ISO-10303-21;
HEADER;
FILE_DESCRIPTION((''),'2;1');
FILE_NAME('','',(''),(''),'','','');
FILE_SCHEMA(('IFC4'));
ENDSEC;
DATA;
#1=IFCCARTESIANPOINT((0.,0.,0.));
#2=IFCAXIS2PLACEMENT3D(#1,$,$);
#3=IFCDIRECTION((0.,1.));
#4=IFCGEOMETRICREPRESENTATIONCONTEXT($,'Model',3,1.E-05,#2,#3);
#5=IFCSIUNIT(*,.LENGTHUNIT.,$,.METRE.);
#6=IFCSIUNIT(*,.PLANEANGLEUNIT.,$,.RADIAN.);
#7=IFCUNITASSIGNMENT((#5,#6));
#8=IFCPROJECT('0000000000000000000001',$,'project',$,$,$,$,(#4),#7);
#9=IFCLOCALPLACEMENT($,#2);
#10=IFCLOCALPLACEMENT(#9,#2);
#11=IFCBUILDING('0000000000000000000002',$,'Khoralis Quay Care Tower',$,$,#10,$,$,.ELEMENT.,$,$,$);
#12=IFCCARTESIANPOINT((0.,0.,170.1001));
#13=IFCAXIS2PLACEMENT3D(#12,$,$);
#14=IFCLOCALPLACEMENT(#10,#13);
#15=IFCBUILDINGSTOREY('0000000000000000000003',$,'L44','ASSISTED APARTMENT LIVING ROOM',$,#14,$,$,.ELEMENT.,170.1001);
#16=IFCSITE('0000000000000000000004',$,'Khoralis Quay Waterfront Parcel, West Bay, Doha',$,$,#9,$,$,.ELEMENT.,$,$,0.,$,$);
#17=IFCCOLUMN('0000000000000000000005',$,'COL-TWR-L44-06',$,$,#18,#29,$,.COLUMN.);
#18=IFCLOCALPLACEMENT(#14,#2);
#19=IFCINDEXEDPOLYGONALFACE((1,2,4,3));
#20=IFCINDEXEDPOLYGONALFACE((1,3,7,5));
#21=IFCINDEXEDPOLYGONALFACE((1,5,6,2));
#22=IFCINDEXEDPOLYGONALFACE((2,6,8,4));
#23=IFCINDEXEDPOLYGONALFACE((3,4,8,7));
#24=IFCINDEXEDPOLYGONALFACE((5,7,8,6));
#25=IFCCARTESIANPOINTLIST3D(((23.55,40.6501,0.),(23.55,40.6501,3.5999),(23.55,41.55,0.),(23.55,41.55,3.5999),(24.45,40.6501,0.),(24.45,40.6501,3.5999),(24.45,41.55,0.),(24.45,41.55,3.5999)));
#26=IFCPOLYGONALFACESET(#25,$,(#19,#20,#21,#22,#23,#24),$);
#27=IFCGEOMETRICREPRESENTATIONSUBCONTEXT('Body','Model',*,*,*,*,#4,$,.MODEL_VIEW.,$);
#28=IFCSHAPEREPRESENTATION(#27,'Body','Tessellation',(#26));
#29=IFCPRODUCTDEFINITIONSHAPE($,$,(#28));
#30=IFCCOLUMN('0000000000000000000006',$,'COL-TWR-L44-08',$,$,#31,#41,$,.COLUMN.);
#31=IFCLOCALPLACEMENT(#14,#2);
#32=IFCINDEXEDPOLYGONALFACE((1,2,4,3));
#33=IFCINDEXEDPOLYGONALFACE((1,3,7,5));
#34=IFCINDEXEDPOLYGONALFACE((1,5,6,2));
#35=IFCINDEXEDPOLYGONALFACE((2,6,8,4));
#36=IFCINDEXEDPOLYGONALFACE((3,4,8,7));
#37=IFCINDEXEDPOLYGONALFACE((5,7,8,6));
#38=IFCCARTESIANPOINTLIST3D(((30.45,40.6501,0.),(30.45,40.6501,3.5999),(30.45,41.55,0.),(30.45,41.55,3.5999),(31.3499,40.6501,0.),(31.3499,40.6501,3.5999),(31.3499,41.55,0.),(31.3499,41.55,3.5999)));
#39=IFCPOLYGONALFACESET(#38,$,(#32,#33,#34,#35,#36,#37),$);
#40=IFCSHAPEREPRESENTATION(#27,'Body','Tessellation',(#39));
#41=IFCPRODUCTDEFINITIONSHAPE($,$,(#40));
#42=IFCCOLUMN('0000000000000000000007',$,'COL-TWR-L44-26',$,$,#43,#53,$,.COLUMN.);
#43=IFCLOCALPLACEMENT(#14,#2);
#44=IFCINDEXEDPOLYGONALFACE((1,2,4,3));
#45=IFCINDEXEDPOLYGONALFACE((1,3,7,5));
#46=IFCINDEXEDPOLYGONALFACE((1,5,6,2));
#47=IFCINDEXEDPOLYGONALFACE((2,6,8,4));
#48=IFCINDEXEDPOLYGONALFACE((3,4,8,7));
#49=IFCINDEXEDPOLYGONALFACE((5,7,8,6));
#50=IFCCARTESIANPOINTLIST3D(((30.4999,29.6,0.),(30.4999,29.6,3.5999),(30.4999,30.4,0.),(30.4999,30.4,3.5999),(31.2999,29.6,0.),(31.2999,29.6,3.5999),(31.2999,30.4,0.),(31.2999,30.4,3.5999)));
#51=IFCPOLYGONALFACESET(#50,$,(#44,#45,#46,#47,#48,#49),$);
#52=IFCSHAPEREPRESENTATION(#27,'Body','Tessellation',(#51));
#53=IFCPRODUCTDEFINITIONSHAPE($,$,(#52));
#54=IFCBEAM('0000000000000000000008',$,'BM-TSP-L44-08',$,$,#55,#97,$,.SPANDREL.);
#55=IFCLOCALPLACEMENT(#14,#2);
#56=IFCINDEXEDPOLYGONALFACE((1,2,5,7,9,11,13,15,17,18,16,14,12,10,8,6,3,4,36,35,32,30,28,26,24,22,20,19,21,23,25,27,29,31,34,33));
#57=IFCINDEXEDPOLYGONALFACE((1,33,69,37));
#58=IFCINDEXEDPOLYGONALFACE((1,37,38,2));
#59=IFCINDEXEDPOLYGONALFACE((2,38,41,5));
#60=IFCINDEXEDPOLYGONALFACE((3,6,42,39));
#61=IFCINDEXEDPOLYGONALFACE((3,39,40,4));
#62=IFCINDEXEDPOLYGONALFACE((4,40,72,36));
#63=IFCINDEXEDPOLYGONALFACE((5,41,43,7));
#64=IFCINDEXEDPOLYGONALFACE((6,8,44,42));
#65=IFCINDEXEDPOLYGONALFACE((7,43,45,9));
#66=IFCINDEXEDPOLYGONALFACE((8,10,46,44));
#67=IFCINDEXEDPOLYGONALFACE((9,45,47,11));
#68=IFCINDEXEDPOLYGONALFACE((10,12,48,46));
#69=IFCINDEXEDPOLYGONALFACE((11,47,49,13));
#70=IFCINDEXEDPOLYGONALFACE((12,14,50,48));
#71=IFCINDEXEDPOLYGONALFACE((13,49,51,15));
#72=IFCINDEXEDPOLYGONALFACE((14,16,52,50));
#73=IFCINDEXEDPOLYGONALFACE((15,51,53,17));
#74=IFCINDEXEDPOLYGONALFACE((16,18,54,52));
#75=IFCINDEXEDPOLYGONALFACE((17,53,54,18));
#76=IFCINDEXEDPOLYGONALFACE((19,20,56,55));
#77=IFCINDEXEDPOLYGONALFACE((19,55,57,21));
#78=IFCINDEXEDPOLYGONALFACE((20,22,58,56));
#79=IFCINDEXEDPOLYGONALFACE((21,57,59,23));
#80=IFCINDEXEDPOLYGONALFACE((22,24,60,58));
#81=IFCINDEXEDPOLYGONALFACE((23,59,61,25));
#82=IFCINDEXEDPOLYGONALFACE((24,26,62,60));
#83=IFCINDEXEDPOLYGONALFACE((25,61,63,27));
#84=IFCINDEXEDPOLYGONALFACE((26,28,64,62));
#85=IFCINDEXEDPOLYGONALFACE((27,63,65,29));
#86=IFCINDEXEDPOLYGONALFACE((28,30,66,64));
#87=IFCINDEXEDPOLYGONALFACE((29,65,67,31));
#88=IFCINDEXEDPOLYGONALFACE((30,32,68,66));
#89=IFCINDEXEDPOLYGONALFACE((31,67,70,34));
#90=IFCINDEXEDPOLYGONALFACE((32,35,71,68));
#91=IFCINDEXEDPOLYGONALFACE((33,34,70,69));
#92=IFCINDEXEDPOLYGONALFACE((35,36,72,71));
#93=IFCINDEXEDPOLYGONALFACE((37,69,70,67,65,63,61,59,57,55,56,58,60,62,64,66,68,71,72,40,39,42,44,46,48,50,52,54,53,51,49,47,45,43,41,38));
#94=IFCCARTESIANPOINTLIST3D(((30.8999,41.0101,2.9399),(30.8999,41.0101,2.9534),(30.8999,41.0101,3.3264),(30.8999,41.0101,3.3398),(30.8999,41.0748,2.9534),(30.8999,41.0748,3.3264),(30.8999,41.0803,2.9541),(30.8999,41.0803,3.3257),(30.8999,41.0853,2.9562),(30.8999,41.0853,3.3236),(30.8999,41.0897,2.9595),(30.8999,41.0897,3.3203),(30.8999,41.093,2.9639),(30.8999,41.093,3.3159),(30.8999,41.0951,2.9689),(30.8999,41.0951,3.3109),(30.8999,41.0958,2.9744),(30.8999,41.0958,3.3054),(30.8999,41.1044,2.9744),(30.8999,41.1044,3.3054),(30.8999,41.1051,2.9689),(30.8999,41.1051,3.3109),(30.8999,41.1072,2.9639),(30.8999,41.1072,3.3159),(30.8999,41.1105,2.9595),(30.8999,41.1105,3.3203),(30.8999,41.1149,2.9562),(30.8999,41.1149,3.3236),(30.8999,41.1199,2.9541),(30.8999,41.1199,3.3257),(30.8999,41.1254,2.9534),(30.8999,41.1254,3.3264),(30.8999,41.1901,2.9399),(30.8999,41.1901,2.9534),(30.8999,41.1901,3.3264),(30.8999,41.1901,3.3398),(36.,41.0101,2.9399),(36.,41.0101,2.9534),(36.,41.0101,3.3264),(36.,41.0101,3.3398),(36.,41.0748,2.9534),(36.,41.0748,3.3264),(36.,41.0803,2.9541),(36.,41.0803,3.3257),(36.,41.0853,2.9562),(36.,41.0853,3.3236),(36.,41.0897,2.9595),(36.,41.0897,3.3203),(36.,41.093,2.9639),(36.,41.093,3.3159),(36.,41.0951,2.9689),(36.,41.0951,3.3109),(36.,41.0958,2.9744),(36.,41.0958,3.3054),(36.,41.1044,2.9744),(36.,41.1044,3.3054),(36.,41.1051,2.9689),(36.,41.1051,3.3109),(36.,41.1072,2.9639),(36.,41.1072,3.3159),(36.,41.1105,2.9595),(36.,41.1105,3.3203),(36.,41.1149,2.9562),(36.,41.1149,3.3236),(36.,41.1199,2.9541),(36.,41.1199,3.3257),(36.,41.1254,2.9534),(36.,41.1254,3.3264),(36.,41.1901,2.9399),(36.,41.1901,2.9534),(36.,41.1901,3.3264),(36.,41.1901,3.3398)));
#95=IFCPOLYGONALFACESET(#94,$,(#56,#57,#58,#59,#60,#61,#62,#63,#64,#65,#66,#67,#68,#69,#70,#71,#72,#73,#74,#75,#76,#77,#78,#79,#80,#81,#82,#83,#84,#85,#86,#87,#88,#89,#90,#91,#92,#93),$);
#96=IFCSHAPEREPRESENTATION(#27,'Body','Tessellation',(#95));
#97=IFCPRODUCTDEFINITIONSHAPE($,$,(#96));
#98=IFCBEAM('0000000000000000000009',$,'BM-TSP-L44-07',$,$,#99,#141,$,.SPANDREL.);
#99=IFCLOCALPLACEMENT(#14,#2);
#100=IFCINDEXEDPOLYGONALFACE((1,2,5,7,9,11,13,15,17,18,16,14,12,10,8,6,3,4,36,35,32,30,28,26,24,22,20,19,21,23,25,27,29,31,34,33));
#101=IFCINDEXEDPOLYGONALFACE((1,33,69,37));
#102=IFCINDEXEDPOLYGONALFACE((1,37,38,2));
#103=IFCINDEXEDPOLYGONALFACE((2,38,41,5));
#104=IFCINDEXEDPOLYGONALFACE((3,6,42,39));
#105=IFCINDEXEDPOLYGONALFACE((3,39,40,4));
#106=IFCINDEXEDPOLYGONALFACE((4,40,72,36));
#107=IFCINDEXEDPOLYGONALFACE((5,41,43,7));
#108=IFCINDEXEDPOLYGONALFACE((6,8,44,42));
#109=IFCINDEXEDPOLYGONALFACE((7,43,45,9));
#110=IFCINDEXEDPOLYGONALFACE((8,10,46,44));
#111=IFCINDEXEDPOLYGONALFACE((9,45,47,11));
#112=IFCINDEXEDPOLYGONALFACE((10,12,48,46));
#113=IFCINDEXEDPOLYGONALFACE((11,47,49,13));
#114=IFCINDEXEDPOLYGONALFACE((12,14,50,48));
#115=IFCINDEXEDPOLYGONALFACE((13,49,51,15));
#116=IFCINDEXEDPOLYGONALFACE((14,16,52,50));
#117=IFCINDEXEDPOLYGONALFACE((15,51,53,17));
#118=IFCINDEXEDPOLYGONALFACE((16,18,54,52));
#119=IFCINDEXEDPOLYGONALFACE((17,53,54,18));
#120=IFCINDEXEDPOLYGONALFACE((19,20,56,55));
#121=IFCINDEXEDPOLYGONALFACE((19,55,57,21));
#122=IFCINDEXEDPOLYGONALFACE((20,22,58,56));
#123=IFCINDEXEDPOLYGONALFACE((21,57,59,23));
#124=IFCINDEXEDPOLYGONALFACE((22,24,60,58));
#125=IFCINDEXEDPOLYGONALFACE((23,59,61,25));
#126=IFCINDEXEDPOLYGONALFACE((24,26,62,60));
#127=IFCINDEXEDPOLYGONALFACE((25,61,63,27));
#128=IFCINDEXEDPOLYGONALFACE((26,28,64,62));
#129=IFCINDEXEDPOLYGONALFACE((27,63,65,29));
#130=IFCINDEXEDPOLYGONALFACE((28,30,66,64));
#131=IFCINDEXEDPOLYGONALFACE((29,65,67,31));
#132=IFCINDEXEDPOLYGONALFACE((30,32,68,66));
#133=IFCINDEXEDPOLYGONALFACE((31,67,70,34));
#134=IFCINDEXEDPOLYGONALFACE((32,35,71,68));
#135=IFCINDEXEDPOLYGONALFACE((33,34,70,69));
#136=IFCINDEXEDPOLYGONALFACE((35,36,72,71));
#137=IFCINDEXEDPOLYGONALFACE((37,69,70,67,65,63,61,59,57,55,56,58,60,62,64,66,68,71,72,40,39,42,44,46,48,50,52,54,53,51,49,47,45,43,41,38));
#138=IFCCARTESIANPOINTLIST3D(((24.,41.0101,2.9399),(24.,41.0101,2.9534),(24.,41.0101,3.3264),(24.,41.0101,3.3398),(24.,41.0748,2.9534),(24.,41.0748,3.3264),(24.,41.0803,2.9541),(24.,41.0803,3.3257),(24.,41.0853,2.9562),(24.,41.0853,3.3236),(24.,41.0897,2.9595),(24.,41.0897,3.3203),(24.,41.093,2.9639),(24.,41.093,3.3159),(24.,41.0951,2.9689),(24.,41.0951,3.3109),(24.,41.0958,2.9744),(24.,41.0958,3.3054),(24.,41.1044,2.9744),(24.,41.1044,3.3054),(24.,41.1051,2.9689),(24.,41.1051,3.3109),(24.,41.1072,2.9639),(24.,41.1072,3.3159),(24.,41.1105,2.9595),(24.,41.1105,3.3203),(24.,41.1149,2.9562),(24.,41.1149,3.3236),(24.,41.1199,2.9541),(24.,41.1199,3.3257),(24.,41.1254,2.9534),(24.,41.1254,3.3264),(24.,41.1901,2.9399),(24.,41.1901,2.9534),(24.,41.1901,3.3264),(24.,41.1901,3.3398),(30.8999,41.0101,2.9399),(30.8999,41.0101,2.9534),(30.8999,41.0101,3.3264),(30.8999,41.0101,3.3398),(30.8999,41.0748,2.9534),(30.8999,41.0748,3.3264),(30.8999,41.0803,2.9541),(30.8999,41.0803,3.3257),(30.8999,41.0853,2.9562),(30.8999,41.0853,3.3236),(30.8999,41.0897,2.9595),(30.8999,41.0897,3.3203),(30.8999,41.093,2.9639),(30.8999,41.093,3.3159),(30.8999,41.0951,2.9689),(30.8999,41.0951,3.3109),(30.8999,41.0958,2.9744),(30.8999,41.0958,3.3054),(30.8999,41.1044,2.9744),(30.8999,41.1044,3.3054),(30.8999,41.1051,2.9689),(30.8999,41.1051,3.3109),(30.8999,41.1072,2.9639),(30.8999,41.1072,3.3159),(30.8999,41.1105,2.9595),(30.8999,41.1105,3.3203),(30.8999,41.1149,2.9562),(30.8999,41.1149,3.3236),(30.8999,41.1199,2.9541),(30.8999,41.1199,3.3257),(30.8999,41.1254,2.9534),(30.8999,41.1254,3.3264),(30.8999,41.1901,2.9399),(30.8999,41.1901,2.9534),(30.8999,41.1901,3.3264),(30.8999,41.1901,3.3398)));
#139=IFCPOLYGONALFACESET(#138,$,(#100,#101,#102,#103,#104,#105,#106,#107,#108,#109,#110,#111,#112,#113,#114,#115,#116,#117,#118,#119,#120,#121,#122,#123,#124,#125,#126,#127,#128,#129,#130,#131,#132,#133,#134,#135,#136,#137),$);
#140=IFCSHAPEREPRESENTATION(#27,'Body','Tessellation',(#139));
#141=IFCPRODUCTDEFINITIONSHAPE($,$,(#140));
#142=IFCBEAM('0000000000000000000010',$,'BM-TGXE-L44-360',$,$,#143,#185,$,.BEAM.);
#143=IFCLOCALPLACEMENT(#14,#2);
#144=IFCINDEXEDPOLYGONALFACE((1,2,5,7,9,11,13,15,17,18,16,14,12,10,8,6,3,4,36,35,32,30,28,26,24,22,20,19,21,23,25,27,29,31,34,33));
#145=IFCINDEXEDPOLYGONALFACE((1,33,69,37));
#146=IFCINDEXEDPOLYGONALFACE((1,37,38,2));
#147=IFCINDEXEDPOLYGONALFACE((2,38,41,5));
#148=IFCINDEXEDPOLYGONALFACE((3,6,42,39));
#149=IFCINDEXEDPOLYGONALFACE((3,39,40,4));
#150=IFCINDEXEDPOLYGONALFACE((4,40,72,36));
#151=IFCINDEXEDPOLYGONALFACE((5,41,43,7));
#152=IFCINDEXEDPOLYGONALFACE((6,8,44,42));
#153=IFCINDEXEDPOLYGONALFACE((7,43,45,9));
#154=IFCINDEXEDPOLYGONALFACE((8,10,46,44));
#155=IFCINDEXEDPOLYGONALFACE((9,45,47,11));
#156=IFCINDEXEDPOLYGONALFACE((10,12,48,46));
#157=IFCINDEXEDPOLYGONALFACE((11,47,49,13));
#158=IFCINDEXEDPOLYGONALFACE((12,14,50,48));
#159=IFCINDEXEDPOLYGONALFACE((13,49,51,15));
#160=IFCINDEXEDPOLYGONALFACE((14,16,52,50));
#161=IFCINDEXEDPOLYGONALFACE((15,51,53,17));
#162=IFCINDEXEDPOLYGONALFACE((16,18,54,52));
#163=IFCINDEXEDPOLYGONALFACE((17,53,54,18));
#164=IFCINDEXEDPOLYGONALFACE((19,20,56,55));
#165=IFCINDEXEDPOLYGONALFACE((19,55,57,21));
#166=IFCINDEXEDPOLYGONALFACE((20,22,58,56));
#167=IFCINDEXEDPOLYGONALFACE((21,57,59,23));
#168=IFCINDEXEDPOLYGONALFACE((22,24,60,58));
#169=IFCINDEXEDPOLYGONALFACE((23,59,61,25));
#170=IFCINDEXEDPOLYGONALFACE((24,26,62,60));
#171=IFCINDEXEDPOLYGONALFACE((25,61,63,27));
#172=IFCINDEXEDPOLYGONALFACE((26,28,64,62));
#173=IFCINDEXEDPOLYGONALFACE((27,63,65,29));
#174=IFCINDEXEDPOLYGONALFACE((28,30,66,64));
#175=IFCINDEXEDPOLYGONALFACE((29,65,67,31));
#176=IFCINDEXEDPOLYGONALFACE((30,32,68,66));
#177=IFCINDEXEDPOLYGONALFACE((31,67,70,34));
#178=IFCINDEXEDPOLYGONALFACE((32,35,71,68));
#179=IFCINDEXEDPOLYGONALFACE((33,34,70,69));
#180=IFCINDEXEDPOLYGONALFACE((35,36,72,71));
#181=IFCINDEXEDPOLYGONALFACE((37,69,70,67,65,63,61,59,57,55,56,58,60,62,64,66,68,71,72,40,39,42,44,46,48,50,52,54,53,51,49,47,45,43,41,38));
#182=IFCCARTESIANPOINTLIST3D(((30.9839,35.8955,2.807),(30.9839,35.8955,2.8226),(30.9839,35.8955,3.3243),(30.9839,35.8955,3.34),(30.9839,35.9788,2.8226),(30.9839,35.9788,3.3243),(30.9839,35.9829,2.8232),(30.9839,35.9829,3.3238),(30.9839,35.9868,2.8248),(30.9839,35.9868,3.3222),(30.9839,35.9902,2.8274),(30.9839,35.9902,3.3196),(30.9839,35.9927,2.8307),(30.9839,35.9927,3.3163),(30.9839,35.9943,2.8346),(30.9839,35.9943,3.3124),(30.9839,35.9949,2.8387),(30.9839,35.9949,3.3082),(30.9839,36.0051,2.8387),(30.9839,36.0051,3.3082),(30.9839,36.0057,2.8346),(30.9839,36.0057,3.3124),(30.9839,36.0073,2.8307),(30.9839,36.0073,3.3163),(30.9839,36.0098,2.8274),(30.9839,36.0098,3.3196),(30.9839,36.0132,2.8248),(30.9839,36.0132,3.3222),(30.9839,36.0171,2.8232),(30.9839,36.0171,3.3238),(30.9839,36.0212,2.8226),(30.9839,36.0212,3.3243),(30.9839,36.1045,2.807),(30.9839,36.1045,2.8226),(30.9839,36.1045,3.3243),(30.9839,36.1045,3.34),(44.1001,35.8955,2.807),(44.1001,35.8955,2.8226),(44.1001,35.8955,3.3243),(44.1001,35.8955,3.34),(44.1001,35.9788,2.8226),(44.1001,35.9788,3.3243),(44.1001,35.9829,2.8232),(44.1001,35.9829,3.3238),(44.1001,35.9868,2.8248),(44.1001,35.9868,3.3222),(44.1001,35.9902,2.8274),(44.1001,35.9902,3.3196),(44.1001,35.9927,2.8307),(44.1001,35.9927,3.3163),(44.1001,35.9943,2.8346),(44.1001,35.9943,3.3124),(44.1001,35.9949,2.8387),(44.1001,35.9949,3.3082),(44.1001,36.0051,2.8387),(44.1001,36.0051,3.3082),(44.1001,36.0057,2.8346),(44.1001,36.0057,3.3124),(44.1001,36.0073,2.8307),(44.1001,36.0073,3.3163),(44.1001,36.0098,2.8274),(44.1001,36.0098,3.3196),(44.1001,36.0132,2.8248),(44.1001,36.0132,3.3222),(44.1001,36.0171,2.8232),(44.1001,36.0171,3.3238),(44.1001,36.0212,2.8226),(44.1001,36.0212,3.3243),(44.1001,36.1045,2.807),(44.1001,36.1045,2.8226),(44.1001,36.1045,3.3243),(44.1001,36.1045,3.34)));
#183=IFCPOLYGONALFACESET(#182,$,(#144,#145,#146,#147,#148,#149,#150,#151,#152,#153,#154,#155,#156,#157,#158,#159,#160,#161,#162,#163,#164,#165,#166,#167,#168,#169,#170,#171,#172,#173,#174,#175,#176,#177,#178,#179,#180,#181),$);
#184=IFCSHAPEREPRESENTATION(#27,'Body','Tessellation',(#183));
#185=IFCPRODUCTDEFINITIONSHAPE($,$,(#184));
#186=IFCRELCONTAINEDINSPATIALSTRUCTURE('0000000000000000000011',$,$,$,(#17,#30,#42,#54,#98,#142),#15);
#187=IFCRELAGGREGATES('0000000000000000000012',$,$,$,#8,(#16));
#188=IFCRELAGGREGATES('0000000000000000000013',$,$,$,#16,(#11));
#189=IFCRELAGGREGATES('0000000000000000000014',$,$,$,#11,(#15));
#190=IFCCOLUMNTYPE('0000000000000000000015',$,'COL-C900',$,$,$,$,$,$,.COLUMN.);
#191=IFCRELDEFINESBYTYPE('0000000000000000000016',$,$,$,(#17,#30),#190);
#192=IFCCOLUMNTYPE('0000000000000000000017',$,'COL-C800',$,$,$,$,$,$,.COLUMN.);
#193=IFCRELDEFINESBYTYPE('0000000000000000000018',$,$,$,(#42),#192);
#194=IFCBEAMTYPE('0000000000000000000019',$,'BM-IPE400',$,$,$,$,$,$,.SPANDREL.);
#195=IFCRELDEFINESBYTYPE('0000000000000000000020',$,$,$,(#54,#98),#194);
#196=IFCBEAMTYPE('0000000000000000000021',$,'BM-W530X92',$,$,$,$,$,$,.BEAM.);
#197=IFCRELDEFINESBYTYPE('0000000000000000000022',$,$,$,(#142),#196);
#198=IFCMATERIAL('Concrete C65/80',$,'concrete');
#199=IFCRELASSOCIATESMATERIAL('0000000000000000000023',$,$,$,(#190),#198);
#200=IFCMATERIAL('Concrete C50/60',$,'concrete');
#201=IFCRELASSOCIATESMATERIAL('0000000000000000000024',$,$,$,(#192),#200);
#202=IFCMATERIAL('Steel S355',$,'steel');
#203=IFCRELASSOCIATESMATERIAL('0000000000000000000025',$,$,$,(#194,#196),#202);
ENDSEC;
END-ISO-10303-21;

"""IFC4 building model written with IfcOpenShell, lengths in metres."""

from ifc_helpers import new_model, si_unit, direction, frame, origin, origin_2d, place, context, subcontext, project, spatial, rectangle, i_section, extrude, source, transform, mapped, material, material_profile, profile_set, type_object, element, save


model = new_model("IFC4")

# Units and contexts
model_context = context("Model", 3, precision=1e-05, world=origin(), true_north=direction((0.0, 1.0)))
body_context = subcontext(model_context, "Body", "Model", "MODEL_VIEW")
ifc_project = project(units=[si_unit("LENGTHUNIT", "METRE"), si_unit("PLANEANGLEUNIT", "RADIAN")], contexts=[model_context])

# Site, building, storey
site_placement = place(None, origin())
site = spatial("IfcSite", under=ifc_project, at=site_placement, Name="Khoralis Quay Waterfront Parcel, West Bay, Doha", CompositionType="ELEMENT", RefElevation=0.0)
building_placement = place(site_placement, origin())
building = spatial("IfcBuilding", under=site, at=building_placement, Name="Khoralis Quay Care Tower", CompositionType="ELEMENT")
storey_placement = place(building_placement, frame((0.0, 0.0, 170.1001)))
storey = spatial("IfcBuildingStorey", under=building, at=storey_placement, Name="L44", Description="ASSISTED APARTMENT LIVING ROOM", CompositionType="ELEMENT", Elevation=170.1001)

# Columns
ifc_material_1 = material(Name="Concrete C65/80", Category="concrete")
ifc_material_profile_1 = material_profile(ifc_material_1, rectangle(XDim=0.8999, YDim=0.8999, at=origin_2d()), Name="Concrete C65/80")
ifc_profile_set_1 = profile_set([ifc_material_profile_1], Name="Concrete C65/80")
column_type_1 = type_object("IfcColumnType", Name="COL-C900", PredefinedType="COLUMN", material=ifc_profile_set_1)
shared_shape_1 = source(origin(), body_context, "Body", "SweptSolid", [
    extrude(rectangle(XDim=0.8999, YDim=0.8999, at=origin_2d()), origin(), (0.0, 0.0, 1.0), 3.5999),
])
for number, where, z_axis, x_axis, name in (
    (1, (24.0, 41.1001, 0.0), (0.0, 0.0, 1.0), (1.0, 0.0, 0.0), "COL-TWR-L44-06"),
    (2, (30.8999, 41.1001, 0.0), (0.0, 0.0, 1.0), (1.0, 0.0, 0.0), "COL-TWR-L44-08"),
):
    element("IfcColumn", number, at=place(storey_placement, frame(where, z_axis=z_axis, x_axis=x_axis)), inside=storey, type_object=column_type_1, Name=name, PredefinedType="COLUMN", context=body_context, shape_type="MappedRepresentation", body=[
        mapped(shared_shape_1, transform((0.0, 0.0, 0.0), scale=1.0)),
    ])
ifc_material_2 = material(Name="Concrete C50/60", Category="concrete")
ifc_material_profile_2 = material_profile(ifc_material_2, rectangle(XDim=0.8, YDim=0.8, at=origin_2d()), Name="Concrete C50/60")
ifc_profile_set_2 = profile_set([ifc_material_profile_2], Name="Concrete C50/60")
column_type_2 = type_object("IfcColumnType", Name="COL-C800", PredefinedType="COLUMN", material=ifc_profile_set_2)
shared_shape_2 = source(origin(), body_context, "Body", "SweptSolid", [
    extrude(rectangle(XDim=0.8, YDim=0.8, at=origin_2d()), origin(), (0.0, 0.0, 1.0), 3.5999),
])
column_placement = place(storey_placement, frame((30.8999, 30.0, 0.0), z_axis=(0.0, 0.0, 1.0), x_axis=(1.0, 0.0, 0.0)))
element("IfcColumn", 3, at=column_placement, inside=storey, type_object=column_type_2, Name="COL-TWR-L44-26", PredefinedType="COLUMN", context=body_context, shape_type="MappedRepresentation", body=[
    mapped(shared_shape_2, transform((0.0, 0.0, 0.0), scale=1.0)),
])

# Beams
ifc_material_3 = material(Name="Steel S355", Category="steel")
ifc_material_profile_3 = material_profile(ifc_material_3, i_section(OverallWidth=0.1799, OverallDepth=0.3999, WebThickness=0.0085, FlangeThickness=0.0134, FilletRadius=0.021, at=origin_2d()), Name="Steel S355")
ifc_profile_set_3 = profile_set([ifc_material_profile_3], Name="Steel S355")
beam_type_1 = type_object("IfcBeamType", Name="BM-IPE400", PredefinedType="SPANDREL", material=ifc_profile_set_3)
shared_shape_3 = source(origin(), body_context, "Body", "SweptSolid", [
    extrude(i_section(OverallWidth=0.1799, OverallDepth=0.3999, WebThickness=0.0085, FlangeThickness=0.0134, FilletRadius=0.021, at=origin_2d()), origin(), (0.0, 0.0, 1.0), 5.1001),
])
beam_1_placement = place(storey_placement, frame((30.8999, 41.1001, 3.1399), z_axis=(1.0, 0.0, 0.0), x_axis=(0.0, 1.0, 0.0)))
element("IfcBeam", 4, at=beam_1_placement, inside=storey, type_object=beam_type_1, Name="BM-TSP-L44-08", PredefinedType="SPANDREL", context=body_context, shape_type="MappedRepresentation", body=[
    mapped(shared_shape_3, transform((0.0, 0.0, 0.0), scale=1.0)),
])
shared_shape_4 = source(origin(), body_context, "Body", "SweptSolid", [
    extrude(i_section(OverallWidth=0.1799, OverallDepth=0.3999, WebThickness=0.0085, FlangeThickness=0.0134, FilletRadius=0.021, at=origin_2d()), origin(), (0.0, 0.0, 1.0), 6.8999),
])
beam_2_placement = place(storey_placement, frame((24.0, 41.1001, 3.1399), z_axis=(1.0, 0.0, 0.0), x_axis=(0.0, 1.0, 0.0)))
element("IfcBeam", 5, at=beam_2_placement, inside=storey, type_object=beam_type_1, Name="BM-TSP-L44-07", PredefinedType="SPANDREL", context=body_context, shape_type="MappedRepresentation", body=[
    mapped(shared_shape_4, transform((0.0, 0.0, 0.0), scale=1.0)),
])
ifc_material_profile_4 = material_profile(ifc_material_3, i_section(OverallWidth=0.209, OverallDepth=0.533, WebThickness=0.0103, FlangeThickness=0.0156, FilletRadius=0.0161, at=origin_2d()), Name="Steel S355")
ifc_profile_set_4 = profile_set([ifc_material_profile_4], Name="Steel S355")
beam_type_2 = type_object("IfcBeamType", Name="BM-W530X92", PredefinedType="BEAM", material=ifc_profile_set_4)
shared_shape_5 = source(origin(), body_context, "Body", "SweptSolid", [
    extrude(i_section(OverallWidth=0.209, OverallDepth=0.533, WebThickness=0.0103, FlangeThickness=0.0156, FilletRadius=0.0161, at=origin_2d()), origin(), (0.0, 0.0, 1.0), 13.1162),
])
beam_3_placement = place(storey_placement, frame((30.9839, 36.0, 3.0735), z_axis=(1.0, 0.0, 0.0), x_axis=(0.0, 1.0, 0.0)))
element("IfcBeam", 6, at=beam_3_placement, inside=storey, type_object=beam_type_2, Name="BM-TGXE-L44-360", PredefinedType="BEAM", context=body_context, shape_type="MappedRepresentation", body=[
    mapped(shared_shape_5, transform((0.0, 0.0, 0.0), scale=1.0)),
])

save(model, "model.ifc")
